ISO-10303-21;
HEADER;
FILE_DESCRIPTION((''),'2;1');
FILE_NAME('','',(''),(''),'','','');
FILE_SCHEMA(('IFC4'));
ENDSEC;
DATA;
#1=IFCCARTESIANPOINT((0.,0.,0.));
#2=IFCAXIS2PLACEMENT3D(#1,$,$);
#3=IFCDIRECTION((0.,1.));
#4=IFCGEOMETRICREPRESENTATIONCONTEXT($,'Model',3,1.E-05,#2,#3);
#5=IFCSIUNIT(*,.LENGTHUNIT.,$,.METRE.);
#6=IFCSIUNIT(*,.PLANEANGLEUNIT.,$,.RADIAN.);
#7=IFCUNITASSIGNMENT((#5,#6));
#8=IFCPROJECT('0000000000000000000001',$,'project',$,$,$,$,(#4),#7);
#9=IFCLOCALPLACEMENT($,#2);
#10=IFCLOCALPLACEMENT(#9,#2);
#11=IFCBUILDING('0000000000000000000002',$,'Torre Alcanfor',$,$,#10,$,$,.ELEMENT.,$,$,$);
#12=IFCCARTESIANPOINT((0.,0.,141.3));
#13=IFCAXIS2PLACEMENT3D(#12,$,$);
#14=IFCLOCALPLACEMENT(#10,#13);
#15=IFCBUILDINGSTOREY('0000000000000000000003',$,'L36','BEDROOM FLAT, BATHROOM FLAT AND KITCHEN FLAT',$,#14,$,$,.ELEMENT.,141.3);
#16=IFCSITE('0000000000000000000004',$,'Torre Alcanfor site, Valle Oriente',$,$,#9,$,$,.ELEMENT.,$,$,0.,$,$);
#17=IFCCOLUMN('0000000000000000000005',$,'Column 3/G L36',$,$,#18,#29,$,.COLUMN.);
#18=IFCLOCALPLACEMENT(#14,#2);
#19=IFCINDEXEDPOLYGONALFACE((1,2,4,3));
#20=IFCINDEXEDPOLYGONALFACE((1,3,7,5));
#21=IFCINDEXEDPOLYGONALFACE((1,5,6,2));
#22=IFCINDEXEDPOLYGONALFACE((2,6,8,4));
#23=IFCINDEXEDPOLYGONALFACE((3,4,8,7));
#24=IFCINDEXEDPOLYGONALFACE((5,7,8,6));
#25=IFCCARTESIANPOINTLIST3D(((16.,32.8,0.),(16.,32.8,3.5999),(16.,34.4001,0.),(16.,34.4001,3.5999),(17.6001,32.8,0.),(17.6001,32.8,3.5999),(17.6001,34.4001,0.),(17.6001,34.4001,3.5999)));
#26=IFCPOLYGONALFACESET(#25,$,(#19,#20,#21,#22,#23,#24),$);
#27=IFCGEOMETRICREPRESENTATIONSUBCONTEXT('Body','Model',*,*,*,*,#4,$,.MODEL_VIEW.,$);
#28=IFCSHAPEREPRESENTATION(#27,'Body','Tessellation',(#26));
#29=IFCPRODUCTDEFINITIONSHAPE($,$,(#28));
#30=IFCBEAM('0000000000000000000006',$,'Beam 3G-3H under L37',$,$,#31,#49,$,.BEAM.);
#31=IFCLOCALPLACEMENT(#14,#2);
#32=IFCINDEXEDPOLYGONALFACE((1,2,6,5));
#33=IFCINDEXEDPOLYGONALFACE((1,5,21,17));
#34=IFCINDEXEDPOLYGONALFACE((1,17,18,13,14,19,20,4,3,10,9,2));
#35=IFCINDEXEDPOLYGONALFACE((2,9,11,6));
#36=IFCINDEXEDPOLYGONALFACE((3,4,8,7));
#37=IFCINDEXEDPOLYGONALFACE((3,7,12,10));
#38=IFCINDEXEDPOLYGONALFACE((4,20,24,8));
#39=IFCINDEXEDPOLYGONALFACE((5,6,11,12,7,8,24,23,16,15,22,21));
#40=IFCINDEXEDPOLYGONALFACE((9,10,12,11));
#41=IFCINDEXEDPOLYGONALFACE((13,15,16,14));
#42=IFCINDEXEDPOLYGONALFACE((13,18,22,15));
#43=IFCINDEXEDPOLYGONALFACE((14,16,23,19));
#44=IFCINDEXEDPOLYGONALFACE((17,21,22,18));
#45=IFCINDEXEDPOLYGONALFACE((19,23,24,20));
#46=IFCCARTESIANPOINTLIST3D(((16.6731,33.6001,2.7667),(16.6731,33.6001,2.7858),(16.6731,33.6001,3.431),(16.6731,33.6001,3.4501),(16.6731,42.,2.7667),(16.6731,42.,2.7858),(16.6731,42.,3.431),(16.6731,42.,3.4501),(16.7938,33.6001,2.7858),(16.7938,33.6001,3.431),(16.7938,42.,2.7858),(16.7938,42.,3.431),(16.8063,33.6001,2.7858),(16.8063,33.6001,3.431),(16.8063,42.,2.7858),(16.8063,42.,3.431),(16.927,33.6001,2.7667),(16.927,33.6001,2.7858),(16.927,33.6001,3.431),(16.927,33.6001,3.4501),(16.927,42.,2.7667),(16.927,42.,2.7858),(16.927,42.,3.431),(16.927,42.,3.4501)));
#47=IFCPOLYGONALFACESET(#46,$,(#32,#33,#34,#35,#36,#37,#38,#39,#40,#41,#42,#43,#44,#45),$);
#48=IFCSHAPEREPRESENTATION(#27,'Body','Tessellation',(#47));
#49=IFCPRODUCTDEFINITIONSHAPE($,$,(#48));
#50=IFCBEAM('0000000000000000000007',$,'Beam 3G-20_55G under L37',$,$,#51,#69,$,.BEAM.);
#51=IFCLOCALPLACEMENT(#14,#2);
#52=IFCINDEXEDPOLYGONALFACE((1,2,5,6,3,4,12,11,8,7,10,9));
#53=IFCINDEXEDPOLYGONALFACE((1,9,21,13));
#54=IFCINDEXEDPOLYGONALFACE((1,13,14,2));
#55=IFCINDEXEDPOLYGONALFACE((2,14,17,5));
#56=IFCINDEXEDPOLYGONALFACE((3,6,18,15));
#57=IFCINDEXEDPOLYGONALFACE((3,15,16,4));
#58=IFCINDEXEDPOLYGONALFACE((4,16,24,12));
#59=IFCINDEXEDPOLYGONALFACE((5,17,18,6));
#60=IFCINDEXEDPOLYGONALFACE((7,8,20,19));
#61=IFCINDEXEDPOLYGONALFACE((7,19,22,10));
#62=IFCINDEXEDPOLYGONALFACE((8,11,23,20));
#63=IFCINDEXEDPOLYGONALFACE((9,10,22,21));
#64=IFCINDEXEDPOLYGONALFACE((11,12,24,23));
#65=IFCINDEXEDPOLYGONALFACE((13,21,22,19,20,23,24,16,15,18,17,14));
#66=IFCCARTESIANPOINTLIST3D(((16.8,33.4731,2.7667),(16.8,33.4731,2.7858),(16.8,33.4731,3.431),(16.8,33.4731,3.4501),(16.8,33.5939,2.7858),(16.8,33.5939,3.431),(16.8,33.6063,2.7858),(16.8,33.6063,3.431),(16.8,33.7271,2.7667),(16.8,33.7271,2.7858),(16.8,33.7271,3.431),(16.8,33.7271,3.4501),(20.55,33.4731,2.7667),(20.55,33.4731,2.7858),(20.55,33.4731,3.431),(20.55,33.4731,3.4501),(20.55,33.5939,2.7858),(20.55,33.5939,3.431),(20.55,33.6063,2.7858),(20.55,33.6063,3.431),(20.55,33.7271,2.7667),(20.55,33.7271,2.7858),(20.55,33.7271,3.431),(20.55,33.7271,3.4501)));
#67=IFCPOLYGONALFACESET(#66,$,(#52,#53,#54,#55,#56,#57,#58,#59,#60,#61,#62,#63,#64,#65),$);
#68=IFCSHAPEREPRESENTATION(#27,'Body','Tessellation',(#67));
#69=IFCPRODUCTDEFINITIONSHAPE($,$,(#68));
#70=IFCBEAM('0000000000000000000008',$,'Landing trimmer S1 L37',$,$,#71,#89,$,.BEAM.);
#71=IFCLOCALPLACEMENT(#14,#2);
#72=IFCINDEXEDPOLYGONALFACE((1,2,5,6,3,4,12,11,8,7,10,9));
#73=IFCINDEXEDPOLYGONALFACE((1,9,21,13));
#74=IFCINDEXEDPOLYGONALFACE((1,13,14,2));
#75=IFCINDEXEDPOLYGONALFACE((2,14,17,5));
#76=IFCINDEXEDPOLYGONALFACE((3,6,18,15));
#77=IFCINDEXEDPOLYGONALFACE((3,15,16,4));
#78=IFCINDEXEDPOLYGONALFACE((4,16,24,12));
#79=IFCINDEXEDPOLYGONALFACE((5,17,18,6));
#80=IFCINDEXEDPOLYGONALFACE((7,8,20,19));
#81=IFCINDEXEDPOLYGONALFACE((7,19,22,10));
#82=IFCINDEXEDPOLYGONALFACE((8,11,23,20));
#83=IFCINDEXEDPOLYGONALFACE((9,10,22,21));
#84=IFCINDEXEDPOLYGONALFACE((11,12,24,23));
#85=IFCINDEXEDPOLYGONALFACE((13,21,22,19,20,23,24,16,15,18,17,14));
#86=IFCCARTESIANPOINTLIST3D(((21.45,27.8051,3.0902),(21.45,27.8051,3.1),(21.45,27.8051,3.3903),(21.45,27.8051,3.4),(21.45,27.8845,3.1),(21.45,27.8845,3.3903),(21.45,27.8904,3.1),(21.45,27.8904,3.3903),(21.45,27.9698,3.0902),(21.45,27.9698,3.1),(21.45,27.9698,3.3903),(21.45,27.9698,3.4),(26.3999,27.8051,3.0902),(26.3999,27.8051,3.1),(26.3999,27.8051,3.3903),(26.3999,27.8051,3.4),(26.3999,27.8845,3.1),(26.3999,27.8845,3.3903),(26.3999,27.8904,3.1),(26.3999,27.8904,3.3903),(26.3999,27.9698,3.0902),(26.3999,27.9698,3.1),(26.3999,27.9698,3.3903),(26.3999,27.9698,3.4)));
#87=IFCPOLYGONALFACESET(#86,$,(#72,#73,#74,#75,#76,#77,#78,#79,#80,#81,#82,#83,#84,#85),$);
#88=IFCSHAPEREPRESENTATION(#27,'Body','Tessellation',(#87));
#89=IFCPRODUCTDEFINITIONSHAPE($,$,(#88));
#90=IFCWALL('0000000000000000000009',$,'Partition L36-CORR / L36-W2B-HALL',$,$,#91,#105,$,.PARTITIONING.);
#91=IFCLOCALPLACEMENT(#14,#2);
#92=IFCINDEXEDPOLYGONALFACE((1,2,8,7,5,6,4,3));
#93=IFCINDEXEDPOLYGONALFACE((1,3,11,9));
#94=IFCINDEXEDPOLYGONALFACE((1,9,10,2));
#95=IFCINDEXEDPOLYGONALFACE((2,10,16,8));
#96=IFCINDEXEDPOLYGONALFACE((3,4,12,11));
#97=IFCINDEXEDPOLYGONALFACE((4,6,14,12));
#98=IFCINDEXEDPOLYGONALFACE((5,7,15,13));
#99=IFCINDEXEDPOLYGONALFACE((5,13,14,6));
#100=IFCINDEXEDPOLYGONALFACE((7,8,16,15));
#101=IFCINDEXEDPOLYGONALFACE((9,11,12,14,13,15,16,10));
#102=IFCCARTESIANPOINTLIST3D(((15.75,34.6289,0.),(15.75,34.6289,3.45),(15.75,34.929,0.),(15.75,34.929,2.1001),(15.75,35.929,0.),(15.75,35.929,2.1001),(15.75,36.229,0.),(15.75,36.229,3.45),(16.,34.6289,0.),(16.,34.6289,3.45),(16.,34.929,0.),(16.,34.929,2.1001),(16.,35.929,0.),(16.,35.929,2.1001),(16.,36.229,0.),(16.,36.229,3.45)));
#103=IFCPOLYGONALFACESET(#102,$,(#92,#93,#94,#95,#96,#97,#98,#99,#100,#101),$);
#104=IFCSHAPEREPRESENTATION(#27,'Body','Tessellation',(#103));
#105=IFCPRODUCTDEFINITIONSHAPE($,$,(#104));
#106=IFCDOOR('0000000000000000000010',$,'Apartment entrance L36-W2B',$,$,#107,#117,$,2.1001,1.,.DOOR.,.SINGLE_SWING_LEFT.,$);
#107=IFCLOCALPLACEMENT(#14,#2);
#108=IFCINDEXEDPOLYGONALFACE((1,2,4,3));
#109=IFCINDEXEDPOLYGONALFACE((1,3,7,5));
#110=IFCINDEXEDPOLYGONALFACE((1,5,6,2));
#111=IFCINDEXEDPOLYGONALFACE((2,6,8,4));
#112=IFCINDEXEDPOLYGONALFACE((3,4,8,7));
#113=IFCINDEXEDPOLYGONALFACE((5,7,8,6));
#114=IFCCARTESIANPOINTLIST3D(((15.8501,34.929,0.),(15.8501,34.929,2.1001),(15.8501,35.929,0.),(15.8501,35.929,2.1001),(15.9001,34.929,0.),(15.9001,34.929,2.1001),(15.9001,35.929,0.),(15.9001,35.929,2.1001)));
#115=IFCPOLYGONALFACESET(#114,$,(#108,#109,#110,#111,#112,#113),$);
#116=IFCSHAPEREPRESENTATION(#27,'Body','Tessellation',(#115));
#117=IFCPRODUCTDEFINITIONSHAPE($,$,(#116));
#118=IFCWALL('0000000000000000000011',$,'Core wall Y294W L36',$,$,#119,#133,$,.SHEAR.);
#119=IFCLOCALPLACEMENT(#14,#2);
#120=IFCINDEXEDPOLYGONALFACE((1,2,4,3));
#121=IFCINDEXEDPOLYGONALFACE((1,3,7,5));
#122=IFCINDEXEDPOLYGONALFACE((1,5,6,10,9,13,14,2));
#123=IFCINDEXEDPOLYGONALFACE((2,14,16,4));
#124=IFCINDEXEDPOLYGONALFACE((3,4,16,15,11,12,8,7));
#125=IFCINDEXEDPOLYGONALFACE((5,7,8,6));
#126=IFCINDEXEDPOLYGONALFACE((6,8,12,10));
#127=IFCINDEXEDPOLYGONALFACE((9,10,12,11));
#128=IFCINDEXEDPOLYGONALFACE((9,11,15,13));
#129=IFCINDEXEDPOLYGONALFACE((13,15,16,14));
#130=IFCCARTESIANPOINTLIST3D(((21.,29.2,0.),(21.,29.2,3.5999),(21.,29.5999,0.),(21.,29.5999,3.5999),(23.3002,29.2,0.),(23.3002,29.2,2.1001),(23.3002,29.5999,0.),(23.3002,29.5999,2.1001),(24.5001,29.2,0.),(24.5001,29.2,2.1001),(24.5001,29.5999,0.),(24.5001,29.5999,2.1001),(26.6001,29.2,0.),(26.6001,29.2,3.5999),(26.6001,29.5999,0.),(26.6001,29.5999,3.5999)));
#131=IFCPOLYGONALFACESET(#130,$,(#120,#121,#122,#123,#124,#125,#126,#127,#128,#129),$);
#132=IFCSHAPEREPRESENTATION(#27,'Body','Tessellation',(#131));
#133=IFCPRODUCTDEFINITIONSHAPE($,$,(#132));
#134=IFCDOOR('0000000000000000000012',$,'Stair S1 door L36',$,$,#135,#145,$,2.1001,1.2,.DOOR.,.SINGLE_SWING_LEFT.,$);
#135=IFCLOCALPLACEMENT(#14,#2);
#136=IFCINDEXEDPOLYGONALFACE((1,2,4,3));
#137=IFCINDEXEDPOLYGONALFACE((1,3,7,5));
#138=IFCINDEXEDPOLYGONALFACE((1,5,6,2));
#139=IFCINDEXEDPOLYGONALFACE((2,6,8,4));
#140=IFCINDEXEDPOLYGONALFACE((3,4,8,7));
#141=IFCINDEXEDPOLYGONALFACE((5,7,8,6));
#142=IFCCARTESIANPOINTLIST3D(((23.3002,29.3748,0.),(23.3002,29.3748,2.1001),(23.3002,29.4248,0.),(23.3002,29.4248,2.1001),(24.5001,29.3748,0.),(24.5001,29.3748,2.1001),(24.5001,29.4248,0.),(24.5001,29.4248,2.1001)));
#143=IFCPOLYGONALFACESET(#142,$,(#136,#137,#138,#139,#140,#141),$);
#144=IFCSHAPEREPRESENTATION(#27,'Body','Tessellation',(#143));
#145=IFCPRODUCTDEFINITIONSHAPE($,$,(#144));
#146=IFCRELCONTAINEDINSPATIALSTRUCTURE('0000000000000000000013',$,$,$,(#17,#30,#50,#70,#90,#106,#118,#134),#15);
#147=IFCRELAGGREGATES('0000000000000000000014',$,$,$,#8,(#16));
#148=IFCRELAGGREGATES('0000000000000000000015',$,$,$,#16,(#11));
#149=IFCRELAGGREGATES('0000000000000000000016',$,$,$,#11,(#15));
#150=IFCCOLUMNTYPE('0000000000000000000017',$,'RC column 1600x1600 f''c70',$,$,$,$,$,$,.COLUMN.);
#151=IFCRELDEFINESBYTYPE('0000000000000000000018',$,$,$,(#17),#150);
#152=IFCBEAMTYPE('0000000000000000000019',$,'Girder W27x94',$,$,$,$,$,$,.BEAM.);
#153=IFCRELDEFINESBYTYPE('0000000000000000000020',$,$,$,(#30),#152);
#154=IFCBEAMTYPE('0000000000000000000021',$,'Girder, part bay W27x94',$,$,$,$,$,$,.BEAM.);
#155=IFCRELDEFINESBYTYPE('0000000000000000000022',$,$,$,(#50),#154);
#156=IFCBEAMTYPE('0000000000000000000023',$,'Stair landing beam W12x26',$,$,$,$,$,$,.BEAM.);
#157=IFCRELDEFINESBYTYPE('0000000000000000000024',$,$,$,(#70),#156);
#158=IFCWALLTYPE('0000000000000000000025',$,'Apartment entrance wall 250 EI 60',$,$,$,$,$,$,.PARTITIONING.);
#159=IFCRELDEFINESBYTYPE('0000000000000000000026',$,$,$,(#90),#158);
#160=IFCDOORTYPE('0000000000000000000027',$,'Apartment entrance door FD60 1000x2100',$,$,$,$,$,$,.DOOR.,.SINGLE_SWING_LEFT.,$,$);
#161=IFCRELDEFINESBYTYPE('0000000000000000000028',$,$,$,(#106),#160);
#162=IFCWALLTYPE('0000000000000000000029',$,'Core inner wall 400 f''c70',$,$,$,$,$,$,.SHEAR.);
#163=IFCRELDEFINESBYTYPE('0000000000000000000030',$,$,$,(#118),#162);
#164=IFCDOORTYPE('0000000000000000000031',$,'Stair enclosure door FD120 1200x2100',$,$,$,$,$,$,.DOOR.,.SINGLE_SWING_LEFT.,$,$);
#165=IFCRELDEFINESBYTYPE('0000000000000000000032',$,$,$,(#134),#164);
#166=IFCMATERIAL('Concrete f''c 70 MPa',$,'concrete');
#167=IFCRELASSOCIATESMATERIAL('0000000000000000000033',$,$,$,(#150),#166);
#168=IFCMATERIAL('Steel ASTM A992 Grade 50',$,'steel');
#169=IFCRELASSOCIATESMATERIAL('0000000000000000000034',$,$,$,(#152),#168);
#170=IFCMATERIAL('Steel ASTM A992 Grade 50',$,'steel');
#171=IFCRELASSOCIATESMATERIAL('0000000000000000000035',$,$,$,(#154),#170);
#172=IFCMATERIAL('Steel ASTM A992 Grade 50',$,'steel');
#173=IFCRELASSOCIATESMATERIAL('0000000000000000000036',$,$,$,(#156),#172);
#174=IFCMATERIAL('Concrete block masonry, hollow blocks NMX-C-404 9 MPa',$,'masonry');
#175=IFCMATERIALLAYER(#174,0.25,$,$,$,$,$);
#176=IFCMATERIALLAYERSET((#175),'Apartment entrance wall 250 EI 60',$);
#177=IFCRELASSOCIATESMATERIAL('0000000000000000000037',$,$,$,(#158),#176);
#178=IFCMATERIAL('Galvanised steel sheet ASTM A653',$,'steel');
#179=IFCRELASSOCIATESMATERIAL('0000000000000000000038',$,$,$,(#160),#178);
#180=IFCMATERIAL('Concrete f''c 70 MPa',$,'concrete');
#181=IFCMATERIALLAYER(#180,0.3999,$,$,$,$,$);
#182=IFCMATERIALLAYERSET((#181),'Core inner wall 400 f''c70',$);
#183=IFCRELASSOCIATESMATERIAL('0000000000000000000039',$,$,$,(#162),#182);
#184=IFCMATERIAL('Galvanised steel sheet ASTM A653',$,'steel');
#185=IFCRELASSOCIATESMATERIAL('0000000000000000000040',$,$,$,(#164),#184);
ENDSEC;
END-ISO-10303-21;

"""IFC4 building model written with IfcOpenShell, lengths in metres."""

from ifc_helpers import new_model, si_unit, direction, frame, frame_2d, origin, origin_2d, place, context, subcontext, project, spatial, rectangle, i_section, extrude, material, layer, layer_set, material_profile, profile_set, type_object, element, fill, save


model = new_model("IFC4")

# Units and contexts
model_context = context("Model", 3, precision=1e-05, world=origin(), true_north=direction((0.0, 1.0)))
body_context = subcontext(model_context, "Body", "Model", "MODEL_VIEW")
ifc_project = project(units=[si_unit("LENGTHUNIT", "METRE"), si_unit("PLANEANGLEUNIT", "RADIAN")], contexts=[model_context])

# Site, building, storey
site_placement = place(None, origin())
site = spatial("IfcSite", under=ifc_project, at=site_placement, Name="Torre Alcanfor site, Valle Oriente", CompositionType="ELEMENT", RefElevation=0.0)
building_placement = place(site_placement, origin())
building = spatial("IfcBuilding", under=site, at=building_placement, Name="Torre Alcanfor", CompositionType="ELEMENT")
storey_placement = place(building_placement, frame((0.0, 0.0, 141.3)))
storey = spatial("IfcBuildingStorey", under=building, at=storey_placement, Name="L36", Description="BEDROOM FLAT, BATHROOM FLAT AND KITCHEN FLAT", CompositionType="ELEMENT", Elevation=141.3)

# Column
ifc_material_1 = material(Name="Concrete f'c 70 MPa", Category="concrete")
ifc_material_profile_1 = material_profile(ifc_material_1, rectangle(XDim=1.6001, YDim=1.6001, at=origin_2d()), Name="1600x1600")
ifc_profile_set_1 = profile_set([ifc_material_profile_1], Name="Concrete f'c 70 MPa")
column_type = type_object("IfcColumnType", Name="RC column 1600x1600 f'c70", PredefinedType="COLUMN", material=ifc_profile_set_1)
column_placement = place(storey_placement, frame((16.8, 33.6001, 0.0), z_axis=(0.0, 0.0, 1.0), x_axis=(1.0, 0.0, 0.0)))
element("IfcColumn", 1, at=column_placement, inside=storey, type_object=column_type, Name="Column 3/G L36", PredefinedType="COLUMN", context=body_context, shape_type="SweptSolid", body=[
    extrude(rectangle(XDim=1.6001, YDim=1.6001, at=origin_2d()), origin(), (0.0, 0.0, 1.0), 3.5999),
])

# Beams
ifc_material_2 = material(Name="Steel ASTM A992 Grade 50", Category="steel")
ifc_material_profile_2 = material_profile(ifc_material_2, i_section(OverallWidth=0.2539, OverallDepth=0.6833, WebThickness=0.0125, FlangeThickness=0.019, at=origin_2d()), Name="W27x94")
ifc_profile_set_2 = profile_set([ifc_material_profile_2], Name="Steel ASTM A992 Grade 50")
beam_type_1 = type_object("IfcBeamType", Name="Girder W27x94", PredefinedType="BEAM", material=ifc_profile_set_2)
beam_1_placement = place(storey_placement, frame((16.8, 33.6001, 3.1084), z_axis=(0.0, 1.0, 0.0), x_axis=(-1.0, 0.0, 0.0)))
element("IfcBeam", 2, at=beam_1_placement, inside=storey, type_object=beam_type_1, Name="Beam 3G-3H under L37", PredefinedType="BEAM", context=body_context, shape_type="SweptSolid", body=[
    extrude(i_section(OverallWidth=0.2539, OverallDepth=0.6833, WebThickness=0.0125, FlangeThickness=0.019, at=origin_2d()), origin(), (0.0, 0.0, 1.0), 8.3999),
])
ifc_material_3 = material(Name="Steel ASTM A992 Grade 50", Category="steel")
ifc_material_profile_3 = material_profile(ifc_material_3, i_section(OverallWidth=0.2539, OverallDepth=0.6833, WebThickness=0.0125, FlangeThickness=0.019, at=origin_2d()), Name="W27x94")
ifc_profile_set_3 = profile_set([ifc_material_profile_3], Name="Steel ASTM A992 Grade 50")
beam_type_2 = type_object("IfcBeamType", Name="Girder, part bay W27x94", PredefinedType="BEAM", material=ifc_profile_set_3)
beam_2_placement = place(storey_placement, frame((16.8, 33.6001, 3.1084), z_axis=(1.0, 0.0, 0.0), x_axis=(0.0, 1.0, 0.0)))
element("IfcBeam", 3, at=beam_2_placement, inside=storey, type_object=beam_type_2, Name="Beam 3G-20_55G under L37", PredefinedType="BEAM", context=body_context, shape_type="SweptSolid", body=[
    extrude(i_section(OverallWidth=0.2539, OverallDepth=0.6833, WebThickness=0.0125, FlangeThickness=0.019, at=origin_2d()), origin(), (0.0, 0.0, 1.0), 3.75),
])
ifc_material_4 = material(Name="Steel ASTM A992 Grade 50", Category="steel")
ifc_material_profile_4 = material_profile(ifc_material_4, i_section(OverallWidth=0.1648, OverallDepth=0.3098, WebThickness=0.0059, FlangeThickness=0.0098, at=origin_2d()), Name="W12x26")
ifc_profile_set_4 = profile_set([ifc_material_profile_4], Name="Steel ASTM A992 Grade 50")
beam_type_3 = type_object("IfcBeamType", Name="Stair landing beam W12x26", PredefinedType="BEAM", material=ifc_profile_set_4)
beam_3_placement = place(storey_placement, frame((21.45, 27.8875, 3.2451), z_axis=(1.0, 0.0, 0.0), x_axis=(0.0, 1.0, 0.0)))
element("IfcBeam", 4, at=beam_3_placement, inside=storey, type_object=beam_type_3, Name="Landing trimmer S1 L37", PredefinedType="BEAM", context=body_context, shape_type="SweptSolid", body=[
    extrude(i_section(OverallWidth=0.1648, OverallDepth=0.3098, WebThickness=0.0059, FlangeThickness=0.0098, at=origin_2d()), origin(), (0.0, 0.0, 1.0), 4.95),
])

# Walls, openings, doors
ifc_material_5 = material(Name="Concrete block masonry, hollow blocks NMX-C-404 9 MPa", Category="masonry")
ifc_layer_1 = layer(ifc_material_5, 0.25)
ifc_layer_set_1 = layer_set([ifc_layer_1], Name="Apartment entrance wall 250 EI 60")
wall_type_1 = type_object("IfcWallType", Name="Apartment entrance wall 250 EI 60", PredefinedType="PARTITIONING", material=ifc_layer_set_1)
wall_1_placement = place(storey_placement, frame((15.875, 34.6289, 0.0), z_axis=(0.0, 0.0, 1.0), x_axis=(0.0, 1.0, 0.0)))
wall_1 = element("IfcWall", 5, at=wall_1_placement, inside=storey, type_object=wall_type_1, Name="Partition L36-CORR / L36-W2B-HALL", PredefinedType="PARTITIONING", context=body_context, shape_type="SweptSolid", body=[
    extrude(rectangle(XDim=1.6001, YDim=0.25, at=frame_2d((0.8, 0.0))), origin(), (0.0, 0.0, 1.0), 3.45),
])
opening_1_placement = place(wall_1_placement, frame((0.3, 0.0, 0.0)))
opening_1 = element("IfcOpeningElement", 6, at=opening_1_placement, cuts=wall_1, PredefinedType="OPENING", context=body_context, shape_type="SweptSolid", body=[
    extrude(rectangle(XDim=1.0, YDim=2.1001, at=frame_2d((0.5, 1.05))), frame((0.0, 0.135, 0.0), z_axis=(0.0, -1.0, 0.0), x_axis=(1.0, 0.0, 0.0)), (0.0, 0.0, 1.0), 0.27),
])
ifc_material_6 = material(Name="Galvanised steel sheet ASTM A653", Category="steel")
door_type_1 = type_object("IfcDoorType", Name="Apartment entrance door FD60 1000x2100", OperationType="SINGLE_SWING_LEFT", PredefinedType="DOOR", material=ifc_material_6)
door_1_placement = place(opening_1_placement, origin())
door_1 = element("IfcDoor", 7, at=door_1_placement, inside=storey, type_object=door_type_1, Name="Apartment entrance L36-W2B", OperationType="SINGLE_SWING_LEFT", OverallHeight=2.1001, OverallWidth=1.0, PredefinedType="DOOR", context=body_context, shape_type="SweptSolid", body=[
    extrude(rectangle(XDim=1.0, YDim=2.1001, at=frame_2d((0.5, 1.05))), frame((0.0, 0.0249, 0.0), z_axis=(0.0, -1.0, 0.0), x_axis=(1.0, 0.0, 0.0)), (0.0, 0.0, 1.0), 0.05),
])
fill(opening_1, door_1)
ifc_material_7 = material(Name="Concrete f'c 70 MPa", Category="concrete")
ifc_layer_2 = layer(ifc_material_7, 0.3999)
ifc_layer_set_2 = layer_set([ifc_layer_2], Name="Core inner wall 400 f'c70")
wall_type_2 = type_object("IfcWallType", Name="Core inner wall 400 f'c70", PredefinedType="SHEAR", material=ifc_layer_set_2)
wall_2_placement = place(storey_placement, frame((21.0, 29.3999, 0.0), z_axis=(0.0, 0.0, 1.0), x_axis=(1.0, 0.0, 0.0)))
wall_2 = element("IfcWall", 8, at=wall_2_placement, inside=storey, type_object=wall_type_2, Name="Core wall Y294W L36", PredefinedType="SHEAR", context=body_context, shape_type="SweptSolid", body=[
    extrude(rectangle(XDim=5.6001, YDim=0.3999, at=frame_2d((2.8, 0.0))), origin(), (0.0, 0.0, 1.0), 3.5999),
])
opening_2_placement = place(wall_2_placement, frame((2.3, 0.0, 0.0)))
opening_2 = element("IfcOpeningElement", 9, at=opening_2_placement, cuts=wall_2, PredefinedType="OPENING", context=body_context, shape_type="SweptSolid", body=[
    extrude(rectangle(XDim=1.2, YDim=2.1001, at=frame_2d((0.6001, 1.05))), frame((0.0, 0.21, 0.0), z_axis=(0.0, -1.0, 0.0), x_axis=(1.0, 0.0, 0.0)), (0.0, 0.0, 1.0), 0.4199),
])
ifc_material_8 = material(Name="Galvanised steel sheet ASTM A653", Category="steel")
door_type_2 = type_object("IfcDoorType", Name="Stair enclosure door FD120 1200x2100", OperationType="SINGLE_SWING_LEFT", PredefinedType="DOOR", material=ifc_material_8)
door_2_placement = place(opening_2_placement, frame((1.2, 0.0, 0.0), z_axis=(0.0, 0.0, 1.0), x_axis=(-1.0, 0.0, 0.0)))
door_2 = element("IfcDoor", 10, at=door_2_placement, inside=storey, type_object=door_type_2, Name="Stair S1 door L36", OperationType="SINGLE_SWING_LEFT", OverallHeight=2.1001, OverallWidth=1.2, PredefinedType="DOOR", context=body_context, shape_type="SweptSolid", body=[
    extrude(rectangle(XDim=1.2, YDim=2.1001, at=frame_2d((0.5999, 1.05))), frame((0.0, 0.0251, 0.0), z_axis=(0.0, -1.0, 0.0), x_axis=(1.0, 0.0, 0.0)), (0.0, 0.0, 1.0), 0.05),
])
fill(opening_2, door_2)

save(model, "model.ifc")
